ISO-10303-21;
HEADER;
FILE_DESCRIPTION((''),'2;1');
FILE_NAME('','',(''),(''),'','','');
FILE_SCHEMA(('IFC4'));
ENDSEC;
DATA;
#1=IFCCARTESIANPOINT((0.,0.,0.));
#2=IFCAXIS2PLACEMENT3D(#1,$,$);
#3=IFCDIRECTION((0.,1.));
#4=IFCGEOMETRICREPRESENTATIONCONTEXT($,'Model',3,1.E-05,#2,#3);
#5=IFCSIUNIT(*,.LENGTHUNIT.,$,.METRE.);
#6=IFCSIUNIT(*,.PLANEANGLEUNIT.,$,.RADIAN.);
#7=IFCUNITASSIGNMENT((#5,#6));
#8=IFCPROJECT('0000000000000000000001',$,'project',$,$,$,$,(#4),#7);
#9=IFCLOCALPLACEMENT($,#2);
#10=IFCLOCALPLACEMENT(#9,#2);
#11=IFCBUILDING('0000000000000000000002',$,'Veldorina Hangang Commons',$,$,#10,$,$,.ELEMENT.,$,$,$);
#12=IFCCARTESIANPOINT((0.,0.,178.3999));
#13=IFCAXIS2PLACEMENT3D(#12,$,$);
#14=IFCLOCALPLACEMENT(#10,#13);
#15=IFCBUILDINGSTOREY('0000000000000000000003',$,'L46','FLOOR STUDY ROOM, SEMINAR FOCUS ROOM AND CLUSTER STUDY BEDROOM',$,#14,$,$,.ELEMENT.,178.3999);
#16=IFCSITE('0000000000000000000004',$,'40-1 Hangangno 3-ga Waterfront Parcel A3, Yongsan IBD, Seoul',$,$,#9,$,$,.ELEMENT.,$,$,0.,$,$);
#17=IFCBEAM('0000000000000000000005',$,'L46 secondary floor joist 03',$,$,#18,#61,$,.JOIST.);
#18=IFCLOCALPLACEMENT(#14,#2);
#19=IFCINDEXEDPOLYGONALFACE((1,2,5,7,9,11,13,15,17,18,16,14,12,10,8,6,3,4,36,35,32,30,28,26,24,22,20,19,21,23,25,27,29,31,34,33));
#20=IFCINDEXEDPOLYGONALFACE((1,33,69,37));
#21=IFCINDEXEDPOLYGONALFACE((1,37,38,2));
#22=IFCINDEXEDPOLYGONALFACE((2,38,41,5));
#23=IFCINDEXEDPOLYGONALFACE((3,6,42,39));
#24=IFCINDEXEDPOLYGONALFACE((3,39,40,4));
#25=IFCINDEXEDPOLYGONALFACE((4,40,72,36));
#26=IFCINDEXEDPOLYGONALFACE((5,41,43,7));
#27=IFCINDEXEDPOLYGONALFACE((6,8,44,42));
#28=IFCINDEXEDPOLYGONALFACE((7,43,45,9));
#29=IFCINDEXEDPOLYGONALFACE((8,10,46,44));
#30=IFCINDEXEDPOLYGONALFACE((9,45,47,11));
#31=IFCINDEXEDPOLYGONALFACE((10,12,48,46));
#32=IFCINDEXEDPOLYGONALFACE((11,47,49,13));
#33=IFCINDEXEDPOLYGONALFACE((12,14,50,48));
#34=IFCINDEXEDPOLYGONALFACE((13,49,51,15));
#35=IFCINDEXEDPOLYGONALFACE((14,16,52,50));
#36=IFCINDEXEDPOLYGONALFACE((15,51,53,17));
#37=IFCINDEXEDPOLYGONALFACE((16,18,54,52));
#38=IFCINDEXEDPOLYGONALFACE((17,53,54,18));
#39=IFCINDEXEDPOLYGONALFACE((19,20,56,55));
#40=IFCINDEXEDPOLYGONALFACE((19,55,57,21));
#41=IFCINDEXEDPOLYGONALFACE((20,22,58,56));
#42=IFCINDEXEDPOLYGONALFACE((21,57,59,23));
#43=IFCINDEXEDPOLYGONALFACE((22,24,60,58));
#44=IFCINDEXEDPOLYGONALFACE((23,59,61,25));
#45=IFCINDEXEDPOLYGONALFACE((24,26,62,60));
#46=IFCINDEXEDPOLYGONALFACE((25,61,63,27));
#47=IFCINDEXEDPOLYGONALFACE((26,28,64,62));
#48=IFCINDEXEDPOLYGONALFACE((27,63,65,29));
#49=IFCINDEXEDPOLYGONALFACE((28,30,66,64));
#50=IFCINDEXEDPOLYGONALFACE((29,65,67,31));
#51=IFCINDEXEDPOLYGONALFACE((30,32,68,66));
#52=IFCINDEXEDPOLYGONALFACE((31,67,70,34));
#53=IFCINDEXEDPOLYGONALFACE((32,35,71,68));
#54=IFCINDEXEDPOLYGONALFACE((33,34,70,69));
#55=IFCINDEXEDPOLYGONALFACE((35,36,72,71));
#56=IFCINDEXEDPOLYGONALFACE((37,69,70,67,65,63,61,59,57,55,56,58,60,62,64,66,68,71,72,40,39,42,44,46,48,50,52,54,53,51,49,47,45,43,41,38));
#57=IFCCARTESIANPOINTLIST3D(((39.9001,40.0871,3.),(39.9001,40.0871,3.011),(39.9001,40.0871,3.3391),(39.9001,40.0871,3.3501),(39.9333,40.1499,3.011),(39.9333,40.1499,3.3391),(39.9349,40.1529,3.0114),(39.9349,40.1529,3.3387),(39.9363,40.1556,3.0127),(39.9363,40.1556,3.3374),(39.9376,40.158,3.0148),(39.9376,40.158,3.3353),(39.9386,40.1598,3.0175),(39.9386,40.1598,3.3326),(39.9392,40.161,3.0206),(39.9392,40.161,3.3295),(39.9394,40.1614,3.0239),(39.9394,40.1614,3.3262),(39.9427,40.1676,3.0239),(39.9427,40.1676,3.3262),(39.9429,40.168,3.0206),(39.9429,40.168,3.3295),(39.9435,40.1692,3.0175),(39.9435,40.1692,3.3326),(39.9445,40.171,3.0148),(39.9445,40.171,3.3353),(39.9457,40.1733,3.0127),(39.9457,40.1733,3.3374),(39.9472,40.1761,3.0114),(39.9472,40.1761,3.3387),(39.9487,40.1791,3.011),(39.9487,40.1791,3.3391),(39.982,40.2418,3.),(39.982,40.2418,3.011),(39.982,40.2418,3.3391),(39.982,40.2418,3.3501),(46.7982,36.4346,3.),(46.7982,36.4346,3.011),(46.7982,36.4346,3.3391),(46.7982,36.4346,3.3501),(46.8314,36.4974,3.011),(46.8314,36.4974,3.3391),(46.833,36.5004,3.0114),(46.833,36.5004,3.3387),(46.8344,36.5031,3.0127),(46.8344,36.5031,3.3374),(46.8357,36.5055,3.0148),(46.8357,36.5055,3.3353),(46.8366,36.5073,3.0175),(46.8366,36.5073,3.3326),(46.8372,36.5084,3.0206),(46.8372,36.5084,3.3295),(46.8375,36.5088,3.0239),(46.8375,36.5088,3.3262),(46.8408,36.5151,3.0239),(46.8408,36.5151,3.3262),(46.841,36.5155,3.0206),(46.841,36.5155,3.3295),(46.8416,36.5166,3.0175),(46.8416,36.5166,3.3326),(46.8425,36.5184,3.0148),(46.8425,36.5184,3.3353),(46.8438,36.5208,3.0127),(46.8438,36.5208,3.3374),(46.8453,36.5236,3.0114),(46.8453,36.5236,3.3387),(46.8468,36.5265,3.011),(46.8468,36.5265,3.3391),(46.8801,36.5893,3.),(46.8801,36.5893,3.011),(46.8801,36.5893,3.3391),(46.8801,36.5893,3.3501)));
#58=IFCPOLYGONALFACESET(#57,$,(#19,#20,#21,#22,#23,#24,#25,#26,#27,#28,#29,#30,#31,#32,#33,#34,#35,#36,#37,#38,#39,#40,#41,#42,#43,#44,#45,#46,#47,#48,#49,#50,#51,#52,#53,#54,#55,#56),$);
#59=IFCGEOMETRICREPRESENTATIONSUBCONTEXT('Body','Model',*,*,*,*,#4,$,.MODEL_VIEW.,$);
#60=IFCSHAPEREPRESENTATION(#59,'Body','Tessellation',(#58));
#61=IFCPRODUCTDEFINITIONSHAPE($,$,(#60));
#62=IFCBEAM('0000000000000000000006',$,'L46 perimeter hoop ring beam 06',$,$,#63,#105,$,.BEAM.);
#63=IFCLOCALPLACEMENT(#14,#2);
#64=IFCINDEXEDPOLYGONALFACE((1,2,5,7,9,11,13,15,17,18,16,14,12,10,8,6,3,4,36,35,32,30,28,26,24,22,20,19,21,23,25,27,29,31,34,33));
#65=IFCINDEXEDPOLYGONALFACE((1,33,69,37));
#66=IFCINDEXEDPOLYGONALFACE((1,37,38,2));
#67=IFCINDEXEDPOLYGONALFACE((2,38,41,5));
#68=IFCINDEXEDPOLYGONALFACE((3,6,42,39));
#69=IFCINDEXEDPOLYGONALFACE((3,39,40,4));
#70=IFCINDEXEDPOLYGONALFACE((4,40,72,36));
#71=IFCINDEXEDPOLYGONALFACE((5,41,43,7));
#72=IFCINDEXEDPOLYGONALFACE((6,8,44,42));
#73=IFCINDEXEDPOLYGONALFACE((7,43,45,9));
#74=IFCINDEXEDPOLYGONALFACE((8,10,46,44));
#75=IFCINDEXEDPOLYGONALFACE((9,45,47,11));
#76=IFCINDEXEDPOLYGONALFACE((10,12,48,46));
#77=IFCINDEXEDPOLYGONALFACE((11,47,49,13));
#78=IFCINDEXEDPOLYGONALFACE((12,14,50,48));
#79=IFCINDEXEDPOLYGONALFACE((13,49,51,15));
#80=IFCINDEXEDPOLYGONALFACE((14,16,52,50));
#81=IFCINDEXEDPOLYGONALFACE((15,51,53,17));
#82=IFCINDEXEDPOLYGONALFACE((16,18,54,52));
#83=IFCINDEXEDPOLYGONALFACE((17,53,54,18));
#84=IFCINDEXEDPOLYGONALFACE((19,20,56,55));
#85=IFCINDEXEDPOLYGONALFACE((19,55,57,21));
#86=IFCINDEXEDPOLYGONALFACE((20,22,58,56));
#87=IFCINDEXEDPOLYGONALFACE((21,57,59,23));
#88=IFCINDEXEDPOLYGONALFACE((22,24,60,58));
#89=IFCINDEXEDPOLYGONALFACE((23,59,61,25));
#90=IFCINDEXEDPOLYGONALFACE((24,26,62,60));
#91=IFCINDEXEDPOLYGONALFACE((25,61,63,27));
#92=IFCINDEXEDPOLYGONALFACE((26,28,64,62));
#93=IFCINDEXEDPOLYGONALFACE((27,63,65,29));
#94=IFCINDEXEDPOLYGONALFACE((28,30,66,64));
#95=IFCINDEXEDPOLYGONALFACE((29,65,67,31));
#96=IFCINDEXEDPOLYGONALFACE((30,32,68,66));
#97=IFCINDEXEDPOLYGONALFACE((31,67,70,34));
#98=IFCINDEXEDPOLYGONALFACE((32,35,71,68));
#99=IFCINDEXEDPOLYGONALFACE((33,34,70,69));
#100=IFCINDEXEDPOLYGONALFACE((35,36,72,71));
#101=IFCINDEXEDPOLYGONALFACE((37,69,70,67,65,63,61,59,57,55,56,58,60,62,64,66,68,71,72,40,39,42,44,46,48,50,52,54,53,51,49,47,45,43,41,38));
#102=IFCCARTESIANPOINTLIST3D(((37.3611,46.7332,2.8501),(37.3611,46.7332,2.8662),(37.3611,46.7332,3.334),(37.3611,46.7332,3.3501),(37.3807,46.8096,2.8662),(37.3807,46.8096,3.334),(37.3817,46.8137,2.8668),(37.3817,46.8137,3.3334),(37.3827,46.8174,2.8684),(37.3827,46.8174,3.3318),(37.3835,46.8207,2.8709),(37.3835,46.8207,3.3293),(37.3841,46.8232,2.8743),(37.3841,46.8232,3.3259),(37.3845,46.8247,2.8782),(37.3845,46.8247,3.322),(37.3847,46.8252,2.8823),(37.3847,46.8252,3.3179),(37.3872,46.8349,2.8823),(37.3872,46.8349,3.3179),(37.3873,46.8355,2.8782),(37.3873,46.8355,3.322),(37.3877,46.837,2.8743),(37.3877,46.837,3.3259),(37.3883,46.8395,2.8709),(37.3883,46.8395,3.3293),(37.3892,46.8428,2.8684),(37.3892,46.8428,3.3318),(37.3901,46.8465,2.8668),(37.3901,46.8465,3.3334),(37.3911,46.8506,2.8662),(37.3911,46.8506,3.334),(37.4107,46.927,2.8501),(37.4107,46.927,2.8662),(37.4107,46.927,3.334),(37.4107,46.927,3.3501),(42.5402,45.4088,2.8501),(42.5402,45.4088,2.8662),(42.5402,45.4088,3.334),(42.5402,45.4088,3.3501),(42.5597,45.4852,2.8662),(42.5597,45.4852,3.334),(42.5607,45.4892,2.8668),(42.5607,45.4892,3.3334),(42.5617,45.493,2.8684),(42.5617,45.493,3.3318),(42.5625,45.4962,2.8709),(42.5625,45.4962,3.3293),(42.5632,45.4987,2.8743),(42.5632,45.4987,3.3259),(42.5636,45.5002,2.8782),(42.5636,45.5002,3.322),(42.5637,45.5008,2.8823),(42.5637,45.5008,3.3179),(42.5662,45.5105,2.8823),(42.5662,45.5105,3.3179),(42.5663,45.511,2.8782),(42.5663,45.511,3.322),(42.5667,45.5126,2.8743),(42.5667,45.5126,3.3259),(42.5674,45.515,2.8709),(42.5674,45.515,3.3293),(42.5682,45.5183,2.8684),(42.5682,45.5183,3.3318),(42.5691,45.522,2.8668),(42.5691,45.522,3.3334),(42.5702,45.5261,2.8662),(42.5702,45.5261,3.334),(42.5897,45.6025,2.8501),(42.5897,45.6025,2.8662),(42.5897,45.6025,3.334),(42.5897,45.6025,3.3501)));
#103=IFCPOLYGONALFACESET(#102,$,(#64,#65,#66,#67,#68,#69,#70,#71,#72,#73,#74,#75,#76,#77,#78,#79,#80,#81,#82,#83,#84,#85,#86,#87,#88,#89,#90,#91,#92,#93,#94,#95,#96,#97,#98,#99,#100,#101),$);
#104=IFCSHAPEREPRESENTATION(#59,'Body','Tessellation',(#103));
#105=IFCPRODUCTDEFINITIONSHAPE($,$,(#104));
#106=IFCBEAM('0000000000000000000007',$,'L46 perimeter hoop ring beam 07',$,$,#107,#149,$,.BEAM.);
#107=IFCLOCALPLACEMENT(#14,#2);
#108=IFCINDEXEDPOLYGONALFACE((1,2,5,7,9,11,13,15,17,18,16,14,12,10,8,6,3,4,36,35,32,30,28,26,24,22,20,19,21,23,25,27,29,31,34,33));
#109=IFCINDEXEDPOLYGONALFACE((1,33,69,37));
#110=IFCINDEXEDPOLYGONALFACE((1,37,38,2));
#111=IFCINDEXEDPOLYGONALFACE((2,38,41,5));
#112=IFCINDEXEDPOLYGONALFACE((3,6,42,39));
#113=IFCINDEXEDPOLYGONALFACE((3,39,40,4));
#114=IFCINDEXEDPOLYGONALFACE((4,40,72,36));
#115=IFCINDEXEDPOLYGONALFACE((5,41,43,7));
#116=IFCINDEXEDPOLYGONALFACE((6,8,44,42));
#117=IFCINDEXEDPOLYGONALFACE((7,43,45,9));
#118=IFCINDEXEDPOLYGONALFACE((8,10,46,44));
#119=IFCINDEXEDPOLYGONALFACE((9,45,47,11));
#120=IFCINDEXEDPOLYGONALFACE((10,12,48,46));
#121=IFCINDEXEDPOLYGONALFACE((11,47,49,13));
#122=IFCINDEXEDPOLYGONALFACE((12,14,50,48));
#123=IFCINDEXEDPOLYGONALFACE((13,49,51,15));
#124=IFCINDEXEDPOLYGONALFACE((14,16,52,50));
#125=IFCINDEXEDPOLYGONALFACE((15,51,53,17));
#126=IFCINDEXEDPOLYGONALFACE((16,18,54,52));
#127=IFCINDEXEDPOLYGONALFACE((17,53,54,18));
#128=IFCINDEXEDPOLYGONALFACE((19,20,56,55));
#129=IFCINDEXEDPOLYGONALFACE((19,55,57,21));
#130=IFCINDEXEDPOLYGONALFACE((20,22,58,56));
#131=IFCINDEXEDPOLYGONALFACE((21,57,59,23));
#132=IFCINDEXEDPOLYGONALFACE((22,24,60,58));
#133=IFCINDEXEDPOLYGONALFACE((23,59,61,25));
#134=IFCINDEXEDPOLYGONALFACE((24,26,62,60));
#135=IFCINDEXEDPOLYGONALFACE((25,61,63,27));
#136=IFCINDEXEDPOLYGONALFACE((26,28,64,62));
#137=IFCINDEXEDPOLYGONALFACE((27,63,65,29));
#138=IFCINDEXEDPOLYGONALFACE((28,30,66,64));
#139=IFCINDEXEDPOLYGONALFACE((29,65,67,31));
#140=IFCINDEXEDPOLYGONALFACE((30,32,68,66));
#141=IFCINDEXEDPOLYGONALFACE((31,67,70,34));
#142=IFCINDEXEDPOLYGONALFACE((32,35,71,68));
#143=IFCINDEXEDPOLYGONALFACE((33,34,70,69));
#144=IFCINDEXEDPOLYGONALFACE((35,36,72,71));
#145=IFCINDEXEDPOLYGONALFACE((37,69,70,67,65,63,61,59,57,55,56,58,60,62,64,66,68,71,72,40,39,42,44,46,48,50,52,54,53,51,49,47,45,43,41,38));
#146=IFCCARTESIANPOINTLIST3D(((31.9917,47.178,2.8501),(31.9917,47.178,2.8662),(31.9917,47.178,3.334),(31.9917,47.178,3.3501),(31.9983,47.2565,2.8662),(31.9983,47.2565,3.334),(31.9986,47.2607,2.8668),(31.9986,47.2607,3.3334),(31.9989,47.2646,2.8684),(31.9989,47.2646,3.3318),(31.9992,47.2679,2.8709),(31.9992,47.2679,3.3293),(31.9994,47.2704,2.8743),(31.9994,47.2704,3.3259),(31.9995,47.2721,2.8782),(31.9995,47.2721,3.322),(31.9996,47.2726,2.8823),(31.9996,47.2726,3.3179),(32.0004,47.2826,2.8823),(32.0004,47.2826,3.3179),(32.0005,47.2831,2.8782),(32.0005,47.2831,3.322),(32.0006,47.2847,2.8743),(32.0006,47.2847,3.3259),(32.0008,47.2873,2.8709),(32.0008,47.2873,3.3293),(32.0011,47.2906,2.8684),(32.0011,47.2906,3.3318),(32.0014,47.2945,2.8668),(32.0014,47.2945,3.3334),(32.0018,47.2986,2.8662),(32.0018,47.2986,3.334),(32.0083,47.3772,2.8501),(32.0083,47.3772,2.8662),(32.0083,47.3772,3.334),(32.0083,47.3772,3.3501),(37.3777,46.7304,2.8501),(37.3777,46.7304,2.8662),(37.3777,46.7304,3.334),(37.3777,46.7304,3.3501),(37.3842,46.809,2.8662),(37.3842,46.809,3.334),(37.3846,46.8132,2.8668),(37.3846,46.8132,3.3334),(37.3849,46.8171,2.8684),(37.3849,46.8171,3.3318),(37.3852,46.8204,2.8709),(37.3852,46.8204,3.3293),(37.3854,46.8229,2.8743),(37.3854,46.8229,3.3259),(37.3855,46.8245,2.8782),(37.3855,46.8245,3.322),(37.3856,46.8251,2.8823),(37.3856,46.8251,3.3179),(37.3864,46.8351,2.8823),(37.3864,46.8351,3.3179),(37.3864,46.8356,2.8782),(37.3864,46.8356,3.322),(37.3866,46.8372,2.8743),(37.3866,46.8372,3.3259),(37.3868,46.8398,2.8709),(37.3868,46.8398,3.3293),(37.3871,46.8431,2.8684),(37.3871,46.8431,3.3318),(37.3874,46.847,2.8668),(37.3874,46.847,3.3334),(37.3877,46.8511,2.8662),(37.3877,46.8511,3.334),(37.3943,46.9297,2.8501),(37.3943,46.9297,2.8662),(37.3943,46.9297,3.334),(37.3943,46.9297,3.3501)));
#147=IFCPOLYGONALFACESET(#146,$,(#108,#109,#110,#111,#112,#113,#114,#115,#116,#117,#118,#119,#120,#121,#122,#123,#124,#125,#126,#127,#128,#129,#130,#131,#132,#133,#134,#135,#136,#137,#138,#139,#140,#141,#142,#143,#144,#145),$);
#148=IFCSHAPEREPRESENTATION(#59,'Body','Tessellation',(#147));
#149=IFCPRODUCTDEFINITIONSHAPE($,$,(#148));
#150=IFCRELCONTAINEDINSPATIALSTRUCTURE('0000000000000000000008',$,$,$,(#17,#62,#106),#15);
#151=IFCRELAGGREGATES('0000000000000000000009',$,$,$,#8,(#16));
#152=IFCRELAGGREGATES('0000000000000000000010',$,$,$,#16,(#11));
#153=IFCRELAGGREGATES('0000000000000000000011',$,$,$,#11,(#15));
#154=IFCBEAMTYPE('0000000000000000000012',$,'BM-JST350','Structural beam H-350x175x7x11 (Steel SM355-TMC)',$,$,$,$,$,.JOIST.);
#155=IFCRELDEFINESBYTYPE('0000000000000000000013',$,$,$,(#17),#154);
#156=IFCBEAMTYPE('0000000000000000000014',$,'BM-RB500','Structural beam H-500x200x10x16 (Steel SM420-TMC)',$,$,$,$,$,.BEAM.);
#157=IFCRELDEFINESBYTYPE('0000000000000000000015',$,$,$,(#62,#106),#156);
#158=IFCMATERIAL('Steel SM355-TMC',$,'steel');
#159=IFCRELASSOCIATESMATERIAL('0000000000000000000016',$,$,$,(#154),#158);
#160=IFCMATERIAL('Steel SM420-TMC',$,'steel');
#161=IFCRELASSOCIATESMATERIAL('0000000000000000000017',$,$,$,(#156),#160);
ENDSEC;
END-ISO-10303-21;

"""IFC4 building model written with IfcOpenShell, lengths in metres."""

from ifc_helpers import new_model, si_unit, direction, frame, origin, origin_2d, place, context, subcontext, project, spatial, i_section, extrude, material, material_profile, profile_set, type_object, element, save


model = new_model("IFC4")

# Units and contexts
model_context = context("Model", 3, precision=1e-05, world=origin(), true_north=direction((0.0, 1.0)))
body_context = subcontext(model_context, "Body", "Model", "MODEL_VIEW")
ifc_project = project(units=[si_unit("LENGTHUNIT", "METRE"), si_unit("PLANEANGLEUNIT", "RADIAN")], contexts=[model_context])

# Site, building, storey
site_placement = place(None, origin())
site = spatial("IfcSite", under=ifc_project, at=site_placement, Name="40-1 Hangangno 3-ga Waterfront Parcel A3, Yongsan IBD, Seoul", CompositionType="ELEMENT", RefElevation=0.0)
building_placement = place(site_placement, origin())
building = spatial("IfcBuilding", under=site, at=building_placement, Name="Veldorina Hangang Commons", CompositionType="ELEMENT")
storey_placement = place(building_placement, frame((0.0, 0.0, 178.3999)))
storey = spatial("IfcBuildingStorey", under=building, at=storey_placement, Name="L46", Description="FLOOR STUDY ROOM, SEMINAR FOCUS ROOM AND CLUSTER STUDY BEDROOM", CompositionType="ELEMENT", Elevation=178.3999)

# Beams
ifc_material_1 = material(Name="Steel SM355-TMC", Category="steel")
ifc_material_profile_1 = material_profile(ifc_material_1, i_section(OverallWidth=0.175, OverallDepth=0.3501, WebThickness=0.0071, FlangeThickness=0.011, FilletRadius=0.0129, at=origin_2d()), Name="H-350x175x7x11")
ifc_profile_set_1 = profile_set([ifc_material_profile_1], Name="Steel SM355-TMC")
beam_type_1 = type_object("IfcBeamType", Name="BM-JST350", Description="Structural beam H-350x175x7x11 (Steel SM355-TMC)", PredefinedType="JOIST", material=ifc_profile_set_1)
beam_1_placement = place(storey_placement, frame((46.8391, 36.512, 3.175), z_axis=(-0.883756, 0.467948, 0.0), x_axis=(-0.467948, -0.883756, 0.0)))
element("IfcBeam", 1, at=beam_1_placement, inside=storey, type_object=beam_type_1, Name="L46 secondary floor joist 03", PredefinedType="JOIST", context=body_context, shape_type="SweptSolid", body=[
    extrude(i_section(OverallWidth=0.175, OverallDepth=0.3501, WebThickness=0.0071, FlangeThickness=0.011, FilletRadius=0.0129, at=origin_2d()), origin(), (0.0, 0.0, 1.0), 7.8054),
])
ifc_material_2 = material(Name="Steel SM420-TMC", Category="steel")
ifc_material_profile_2 = material_profile(ifc_material_2, i_section(OverallWidth=0.2, OverallDepth=0.5, WebThickness=0.01, FlangeThickness=0.0161, FilletRadius=0.0161, at=origin_2d()), Name="H-500x200x10x16")
ifc_profile_set_2 = profile_set([ifc_material_profile_2], Name="Steel SM420-TMC")
beam_type_2 = type_object("IfcBeamType", Name="BM-RB500", Description="Structural beam H-500x200x10x16 (Steel SM420-TMC)", PredefinedType="BEAM", material=ifc_profile_set_2)
beam_2_placement = place(storey_placement, frame((42.5649, 45.5056, 3.1001), z_axis=(-0.96882, 0.247765, 0.0), x_axis=(-0.247765, -0.96882, 0.0)))
element("IfcBeam", 2, at=beam_2_placement, inside=storey, type_object=beam_type_2, Name="L46 perimeter hoop ring beam 06", PredefinedType="BEAM", context=body_context, shape_type="SweptSolid", body=[
    extrude(i_section(OverallWidth=0.2, OverallDepth=0.5, WebThickness=0.01, FlangeThickness=0.0161, FilletRadius=0.0161, at=origin_2d()), origin(), (0.0, 0.0, 1.0), 5.3457),
])
beam_3_placement = place(storey_placement, frame((37.386, 46.8301, 3.1001), z_axis=(-0.996566, 0.082802, 0.0), x_axis=(-0.082802, -0.996566, 0.0)))
element("IfcBeam", 3, at=beam_3_placement, inside=storey, type_object=beam_type_2, Name="L46 perimeter hoop ring beam 07", PredefinedType="BEAM", context=body_context, shape_type="SweptSolid", body=[
    extrude(i_section(OverallWidth=0.2, OverallDepth=0.5, WebThickness=0.01, FlangeThickness=0.0161, FilletRadius=0.0161, at=origin_2d()), origin(), (0.0, 0.0, 1.0), 5.4045),
])

save(model, "model.ifc")
